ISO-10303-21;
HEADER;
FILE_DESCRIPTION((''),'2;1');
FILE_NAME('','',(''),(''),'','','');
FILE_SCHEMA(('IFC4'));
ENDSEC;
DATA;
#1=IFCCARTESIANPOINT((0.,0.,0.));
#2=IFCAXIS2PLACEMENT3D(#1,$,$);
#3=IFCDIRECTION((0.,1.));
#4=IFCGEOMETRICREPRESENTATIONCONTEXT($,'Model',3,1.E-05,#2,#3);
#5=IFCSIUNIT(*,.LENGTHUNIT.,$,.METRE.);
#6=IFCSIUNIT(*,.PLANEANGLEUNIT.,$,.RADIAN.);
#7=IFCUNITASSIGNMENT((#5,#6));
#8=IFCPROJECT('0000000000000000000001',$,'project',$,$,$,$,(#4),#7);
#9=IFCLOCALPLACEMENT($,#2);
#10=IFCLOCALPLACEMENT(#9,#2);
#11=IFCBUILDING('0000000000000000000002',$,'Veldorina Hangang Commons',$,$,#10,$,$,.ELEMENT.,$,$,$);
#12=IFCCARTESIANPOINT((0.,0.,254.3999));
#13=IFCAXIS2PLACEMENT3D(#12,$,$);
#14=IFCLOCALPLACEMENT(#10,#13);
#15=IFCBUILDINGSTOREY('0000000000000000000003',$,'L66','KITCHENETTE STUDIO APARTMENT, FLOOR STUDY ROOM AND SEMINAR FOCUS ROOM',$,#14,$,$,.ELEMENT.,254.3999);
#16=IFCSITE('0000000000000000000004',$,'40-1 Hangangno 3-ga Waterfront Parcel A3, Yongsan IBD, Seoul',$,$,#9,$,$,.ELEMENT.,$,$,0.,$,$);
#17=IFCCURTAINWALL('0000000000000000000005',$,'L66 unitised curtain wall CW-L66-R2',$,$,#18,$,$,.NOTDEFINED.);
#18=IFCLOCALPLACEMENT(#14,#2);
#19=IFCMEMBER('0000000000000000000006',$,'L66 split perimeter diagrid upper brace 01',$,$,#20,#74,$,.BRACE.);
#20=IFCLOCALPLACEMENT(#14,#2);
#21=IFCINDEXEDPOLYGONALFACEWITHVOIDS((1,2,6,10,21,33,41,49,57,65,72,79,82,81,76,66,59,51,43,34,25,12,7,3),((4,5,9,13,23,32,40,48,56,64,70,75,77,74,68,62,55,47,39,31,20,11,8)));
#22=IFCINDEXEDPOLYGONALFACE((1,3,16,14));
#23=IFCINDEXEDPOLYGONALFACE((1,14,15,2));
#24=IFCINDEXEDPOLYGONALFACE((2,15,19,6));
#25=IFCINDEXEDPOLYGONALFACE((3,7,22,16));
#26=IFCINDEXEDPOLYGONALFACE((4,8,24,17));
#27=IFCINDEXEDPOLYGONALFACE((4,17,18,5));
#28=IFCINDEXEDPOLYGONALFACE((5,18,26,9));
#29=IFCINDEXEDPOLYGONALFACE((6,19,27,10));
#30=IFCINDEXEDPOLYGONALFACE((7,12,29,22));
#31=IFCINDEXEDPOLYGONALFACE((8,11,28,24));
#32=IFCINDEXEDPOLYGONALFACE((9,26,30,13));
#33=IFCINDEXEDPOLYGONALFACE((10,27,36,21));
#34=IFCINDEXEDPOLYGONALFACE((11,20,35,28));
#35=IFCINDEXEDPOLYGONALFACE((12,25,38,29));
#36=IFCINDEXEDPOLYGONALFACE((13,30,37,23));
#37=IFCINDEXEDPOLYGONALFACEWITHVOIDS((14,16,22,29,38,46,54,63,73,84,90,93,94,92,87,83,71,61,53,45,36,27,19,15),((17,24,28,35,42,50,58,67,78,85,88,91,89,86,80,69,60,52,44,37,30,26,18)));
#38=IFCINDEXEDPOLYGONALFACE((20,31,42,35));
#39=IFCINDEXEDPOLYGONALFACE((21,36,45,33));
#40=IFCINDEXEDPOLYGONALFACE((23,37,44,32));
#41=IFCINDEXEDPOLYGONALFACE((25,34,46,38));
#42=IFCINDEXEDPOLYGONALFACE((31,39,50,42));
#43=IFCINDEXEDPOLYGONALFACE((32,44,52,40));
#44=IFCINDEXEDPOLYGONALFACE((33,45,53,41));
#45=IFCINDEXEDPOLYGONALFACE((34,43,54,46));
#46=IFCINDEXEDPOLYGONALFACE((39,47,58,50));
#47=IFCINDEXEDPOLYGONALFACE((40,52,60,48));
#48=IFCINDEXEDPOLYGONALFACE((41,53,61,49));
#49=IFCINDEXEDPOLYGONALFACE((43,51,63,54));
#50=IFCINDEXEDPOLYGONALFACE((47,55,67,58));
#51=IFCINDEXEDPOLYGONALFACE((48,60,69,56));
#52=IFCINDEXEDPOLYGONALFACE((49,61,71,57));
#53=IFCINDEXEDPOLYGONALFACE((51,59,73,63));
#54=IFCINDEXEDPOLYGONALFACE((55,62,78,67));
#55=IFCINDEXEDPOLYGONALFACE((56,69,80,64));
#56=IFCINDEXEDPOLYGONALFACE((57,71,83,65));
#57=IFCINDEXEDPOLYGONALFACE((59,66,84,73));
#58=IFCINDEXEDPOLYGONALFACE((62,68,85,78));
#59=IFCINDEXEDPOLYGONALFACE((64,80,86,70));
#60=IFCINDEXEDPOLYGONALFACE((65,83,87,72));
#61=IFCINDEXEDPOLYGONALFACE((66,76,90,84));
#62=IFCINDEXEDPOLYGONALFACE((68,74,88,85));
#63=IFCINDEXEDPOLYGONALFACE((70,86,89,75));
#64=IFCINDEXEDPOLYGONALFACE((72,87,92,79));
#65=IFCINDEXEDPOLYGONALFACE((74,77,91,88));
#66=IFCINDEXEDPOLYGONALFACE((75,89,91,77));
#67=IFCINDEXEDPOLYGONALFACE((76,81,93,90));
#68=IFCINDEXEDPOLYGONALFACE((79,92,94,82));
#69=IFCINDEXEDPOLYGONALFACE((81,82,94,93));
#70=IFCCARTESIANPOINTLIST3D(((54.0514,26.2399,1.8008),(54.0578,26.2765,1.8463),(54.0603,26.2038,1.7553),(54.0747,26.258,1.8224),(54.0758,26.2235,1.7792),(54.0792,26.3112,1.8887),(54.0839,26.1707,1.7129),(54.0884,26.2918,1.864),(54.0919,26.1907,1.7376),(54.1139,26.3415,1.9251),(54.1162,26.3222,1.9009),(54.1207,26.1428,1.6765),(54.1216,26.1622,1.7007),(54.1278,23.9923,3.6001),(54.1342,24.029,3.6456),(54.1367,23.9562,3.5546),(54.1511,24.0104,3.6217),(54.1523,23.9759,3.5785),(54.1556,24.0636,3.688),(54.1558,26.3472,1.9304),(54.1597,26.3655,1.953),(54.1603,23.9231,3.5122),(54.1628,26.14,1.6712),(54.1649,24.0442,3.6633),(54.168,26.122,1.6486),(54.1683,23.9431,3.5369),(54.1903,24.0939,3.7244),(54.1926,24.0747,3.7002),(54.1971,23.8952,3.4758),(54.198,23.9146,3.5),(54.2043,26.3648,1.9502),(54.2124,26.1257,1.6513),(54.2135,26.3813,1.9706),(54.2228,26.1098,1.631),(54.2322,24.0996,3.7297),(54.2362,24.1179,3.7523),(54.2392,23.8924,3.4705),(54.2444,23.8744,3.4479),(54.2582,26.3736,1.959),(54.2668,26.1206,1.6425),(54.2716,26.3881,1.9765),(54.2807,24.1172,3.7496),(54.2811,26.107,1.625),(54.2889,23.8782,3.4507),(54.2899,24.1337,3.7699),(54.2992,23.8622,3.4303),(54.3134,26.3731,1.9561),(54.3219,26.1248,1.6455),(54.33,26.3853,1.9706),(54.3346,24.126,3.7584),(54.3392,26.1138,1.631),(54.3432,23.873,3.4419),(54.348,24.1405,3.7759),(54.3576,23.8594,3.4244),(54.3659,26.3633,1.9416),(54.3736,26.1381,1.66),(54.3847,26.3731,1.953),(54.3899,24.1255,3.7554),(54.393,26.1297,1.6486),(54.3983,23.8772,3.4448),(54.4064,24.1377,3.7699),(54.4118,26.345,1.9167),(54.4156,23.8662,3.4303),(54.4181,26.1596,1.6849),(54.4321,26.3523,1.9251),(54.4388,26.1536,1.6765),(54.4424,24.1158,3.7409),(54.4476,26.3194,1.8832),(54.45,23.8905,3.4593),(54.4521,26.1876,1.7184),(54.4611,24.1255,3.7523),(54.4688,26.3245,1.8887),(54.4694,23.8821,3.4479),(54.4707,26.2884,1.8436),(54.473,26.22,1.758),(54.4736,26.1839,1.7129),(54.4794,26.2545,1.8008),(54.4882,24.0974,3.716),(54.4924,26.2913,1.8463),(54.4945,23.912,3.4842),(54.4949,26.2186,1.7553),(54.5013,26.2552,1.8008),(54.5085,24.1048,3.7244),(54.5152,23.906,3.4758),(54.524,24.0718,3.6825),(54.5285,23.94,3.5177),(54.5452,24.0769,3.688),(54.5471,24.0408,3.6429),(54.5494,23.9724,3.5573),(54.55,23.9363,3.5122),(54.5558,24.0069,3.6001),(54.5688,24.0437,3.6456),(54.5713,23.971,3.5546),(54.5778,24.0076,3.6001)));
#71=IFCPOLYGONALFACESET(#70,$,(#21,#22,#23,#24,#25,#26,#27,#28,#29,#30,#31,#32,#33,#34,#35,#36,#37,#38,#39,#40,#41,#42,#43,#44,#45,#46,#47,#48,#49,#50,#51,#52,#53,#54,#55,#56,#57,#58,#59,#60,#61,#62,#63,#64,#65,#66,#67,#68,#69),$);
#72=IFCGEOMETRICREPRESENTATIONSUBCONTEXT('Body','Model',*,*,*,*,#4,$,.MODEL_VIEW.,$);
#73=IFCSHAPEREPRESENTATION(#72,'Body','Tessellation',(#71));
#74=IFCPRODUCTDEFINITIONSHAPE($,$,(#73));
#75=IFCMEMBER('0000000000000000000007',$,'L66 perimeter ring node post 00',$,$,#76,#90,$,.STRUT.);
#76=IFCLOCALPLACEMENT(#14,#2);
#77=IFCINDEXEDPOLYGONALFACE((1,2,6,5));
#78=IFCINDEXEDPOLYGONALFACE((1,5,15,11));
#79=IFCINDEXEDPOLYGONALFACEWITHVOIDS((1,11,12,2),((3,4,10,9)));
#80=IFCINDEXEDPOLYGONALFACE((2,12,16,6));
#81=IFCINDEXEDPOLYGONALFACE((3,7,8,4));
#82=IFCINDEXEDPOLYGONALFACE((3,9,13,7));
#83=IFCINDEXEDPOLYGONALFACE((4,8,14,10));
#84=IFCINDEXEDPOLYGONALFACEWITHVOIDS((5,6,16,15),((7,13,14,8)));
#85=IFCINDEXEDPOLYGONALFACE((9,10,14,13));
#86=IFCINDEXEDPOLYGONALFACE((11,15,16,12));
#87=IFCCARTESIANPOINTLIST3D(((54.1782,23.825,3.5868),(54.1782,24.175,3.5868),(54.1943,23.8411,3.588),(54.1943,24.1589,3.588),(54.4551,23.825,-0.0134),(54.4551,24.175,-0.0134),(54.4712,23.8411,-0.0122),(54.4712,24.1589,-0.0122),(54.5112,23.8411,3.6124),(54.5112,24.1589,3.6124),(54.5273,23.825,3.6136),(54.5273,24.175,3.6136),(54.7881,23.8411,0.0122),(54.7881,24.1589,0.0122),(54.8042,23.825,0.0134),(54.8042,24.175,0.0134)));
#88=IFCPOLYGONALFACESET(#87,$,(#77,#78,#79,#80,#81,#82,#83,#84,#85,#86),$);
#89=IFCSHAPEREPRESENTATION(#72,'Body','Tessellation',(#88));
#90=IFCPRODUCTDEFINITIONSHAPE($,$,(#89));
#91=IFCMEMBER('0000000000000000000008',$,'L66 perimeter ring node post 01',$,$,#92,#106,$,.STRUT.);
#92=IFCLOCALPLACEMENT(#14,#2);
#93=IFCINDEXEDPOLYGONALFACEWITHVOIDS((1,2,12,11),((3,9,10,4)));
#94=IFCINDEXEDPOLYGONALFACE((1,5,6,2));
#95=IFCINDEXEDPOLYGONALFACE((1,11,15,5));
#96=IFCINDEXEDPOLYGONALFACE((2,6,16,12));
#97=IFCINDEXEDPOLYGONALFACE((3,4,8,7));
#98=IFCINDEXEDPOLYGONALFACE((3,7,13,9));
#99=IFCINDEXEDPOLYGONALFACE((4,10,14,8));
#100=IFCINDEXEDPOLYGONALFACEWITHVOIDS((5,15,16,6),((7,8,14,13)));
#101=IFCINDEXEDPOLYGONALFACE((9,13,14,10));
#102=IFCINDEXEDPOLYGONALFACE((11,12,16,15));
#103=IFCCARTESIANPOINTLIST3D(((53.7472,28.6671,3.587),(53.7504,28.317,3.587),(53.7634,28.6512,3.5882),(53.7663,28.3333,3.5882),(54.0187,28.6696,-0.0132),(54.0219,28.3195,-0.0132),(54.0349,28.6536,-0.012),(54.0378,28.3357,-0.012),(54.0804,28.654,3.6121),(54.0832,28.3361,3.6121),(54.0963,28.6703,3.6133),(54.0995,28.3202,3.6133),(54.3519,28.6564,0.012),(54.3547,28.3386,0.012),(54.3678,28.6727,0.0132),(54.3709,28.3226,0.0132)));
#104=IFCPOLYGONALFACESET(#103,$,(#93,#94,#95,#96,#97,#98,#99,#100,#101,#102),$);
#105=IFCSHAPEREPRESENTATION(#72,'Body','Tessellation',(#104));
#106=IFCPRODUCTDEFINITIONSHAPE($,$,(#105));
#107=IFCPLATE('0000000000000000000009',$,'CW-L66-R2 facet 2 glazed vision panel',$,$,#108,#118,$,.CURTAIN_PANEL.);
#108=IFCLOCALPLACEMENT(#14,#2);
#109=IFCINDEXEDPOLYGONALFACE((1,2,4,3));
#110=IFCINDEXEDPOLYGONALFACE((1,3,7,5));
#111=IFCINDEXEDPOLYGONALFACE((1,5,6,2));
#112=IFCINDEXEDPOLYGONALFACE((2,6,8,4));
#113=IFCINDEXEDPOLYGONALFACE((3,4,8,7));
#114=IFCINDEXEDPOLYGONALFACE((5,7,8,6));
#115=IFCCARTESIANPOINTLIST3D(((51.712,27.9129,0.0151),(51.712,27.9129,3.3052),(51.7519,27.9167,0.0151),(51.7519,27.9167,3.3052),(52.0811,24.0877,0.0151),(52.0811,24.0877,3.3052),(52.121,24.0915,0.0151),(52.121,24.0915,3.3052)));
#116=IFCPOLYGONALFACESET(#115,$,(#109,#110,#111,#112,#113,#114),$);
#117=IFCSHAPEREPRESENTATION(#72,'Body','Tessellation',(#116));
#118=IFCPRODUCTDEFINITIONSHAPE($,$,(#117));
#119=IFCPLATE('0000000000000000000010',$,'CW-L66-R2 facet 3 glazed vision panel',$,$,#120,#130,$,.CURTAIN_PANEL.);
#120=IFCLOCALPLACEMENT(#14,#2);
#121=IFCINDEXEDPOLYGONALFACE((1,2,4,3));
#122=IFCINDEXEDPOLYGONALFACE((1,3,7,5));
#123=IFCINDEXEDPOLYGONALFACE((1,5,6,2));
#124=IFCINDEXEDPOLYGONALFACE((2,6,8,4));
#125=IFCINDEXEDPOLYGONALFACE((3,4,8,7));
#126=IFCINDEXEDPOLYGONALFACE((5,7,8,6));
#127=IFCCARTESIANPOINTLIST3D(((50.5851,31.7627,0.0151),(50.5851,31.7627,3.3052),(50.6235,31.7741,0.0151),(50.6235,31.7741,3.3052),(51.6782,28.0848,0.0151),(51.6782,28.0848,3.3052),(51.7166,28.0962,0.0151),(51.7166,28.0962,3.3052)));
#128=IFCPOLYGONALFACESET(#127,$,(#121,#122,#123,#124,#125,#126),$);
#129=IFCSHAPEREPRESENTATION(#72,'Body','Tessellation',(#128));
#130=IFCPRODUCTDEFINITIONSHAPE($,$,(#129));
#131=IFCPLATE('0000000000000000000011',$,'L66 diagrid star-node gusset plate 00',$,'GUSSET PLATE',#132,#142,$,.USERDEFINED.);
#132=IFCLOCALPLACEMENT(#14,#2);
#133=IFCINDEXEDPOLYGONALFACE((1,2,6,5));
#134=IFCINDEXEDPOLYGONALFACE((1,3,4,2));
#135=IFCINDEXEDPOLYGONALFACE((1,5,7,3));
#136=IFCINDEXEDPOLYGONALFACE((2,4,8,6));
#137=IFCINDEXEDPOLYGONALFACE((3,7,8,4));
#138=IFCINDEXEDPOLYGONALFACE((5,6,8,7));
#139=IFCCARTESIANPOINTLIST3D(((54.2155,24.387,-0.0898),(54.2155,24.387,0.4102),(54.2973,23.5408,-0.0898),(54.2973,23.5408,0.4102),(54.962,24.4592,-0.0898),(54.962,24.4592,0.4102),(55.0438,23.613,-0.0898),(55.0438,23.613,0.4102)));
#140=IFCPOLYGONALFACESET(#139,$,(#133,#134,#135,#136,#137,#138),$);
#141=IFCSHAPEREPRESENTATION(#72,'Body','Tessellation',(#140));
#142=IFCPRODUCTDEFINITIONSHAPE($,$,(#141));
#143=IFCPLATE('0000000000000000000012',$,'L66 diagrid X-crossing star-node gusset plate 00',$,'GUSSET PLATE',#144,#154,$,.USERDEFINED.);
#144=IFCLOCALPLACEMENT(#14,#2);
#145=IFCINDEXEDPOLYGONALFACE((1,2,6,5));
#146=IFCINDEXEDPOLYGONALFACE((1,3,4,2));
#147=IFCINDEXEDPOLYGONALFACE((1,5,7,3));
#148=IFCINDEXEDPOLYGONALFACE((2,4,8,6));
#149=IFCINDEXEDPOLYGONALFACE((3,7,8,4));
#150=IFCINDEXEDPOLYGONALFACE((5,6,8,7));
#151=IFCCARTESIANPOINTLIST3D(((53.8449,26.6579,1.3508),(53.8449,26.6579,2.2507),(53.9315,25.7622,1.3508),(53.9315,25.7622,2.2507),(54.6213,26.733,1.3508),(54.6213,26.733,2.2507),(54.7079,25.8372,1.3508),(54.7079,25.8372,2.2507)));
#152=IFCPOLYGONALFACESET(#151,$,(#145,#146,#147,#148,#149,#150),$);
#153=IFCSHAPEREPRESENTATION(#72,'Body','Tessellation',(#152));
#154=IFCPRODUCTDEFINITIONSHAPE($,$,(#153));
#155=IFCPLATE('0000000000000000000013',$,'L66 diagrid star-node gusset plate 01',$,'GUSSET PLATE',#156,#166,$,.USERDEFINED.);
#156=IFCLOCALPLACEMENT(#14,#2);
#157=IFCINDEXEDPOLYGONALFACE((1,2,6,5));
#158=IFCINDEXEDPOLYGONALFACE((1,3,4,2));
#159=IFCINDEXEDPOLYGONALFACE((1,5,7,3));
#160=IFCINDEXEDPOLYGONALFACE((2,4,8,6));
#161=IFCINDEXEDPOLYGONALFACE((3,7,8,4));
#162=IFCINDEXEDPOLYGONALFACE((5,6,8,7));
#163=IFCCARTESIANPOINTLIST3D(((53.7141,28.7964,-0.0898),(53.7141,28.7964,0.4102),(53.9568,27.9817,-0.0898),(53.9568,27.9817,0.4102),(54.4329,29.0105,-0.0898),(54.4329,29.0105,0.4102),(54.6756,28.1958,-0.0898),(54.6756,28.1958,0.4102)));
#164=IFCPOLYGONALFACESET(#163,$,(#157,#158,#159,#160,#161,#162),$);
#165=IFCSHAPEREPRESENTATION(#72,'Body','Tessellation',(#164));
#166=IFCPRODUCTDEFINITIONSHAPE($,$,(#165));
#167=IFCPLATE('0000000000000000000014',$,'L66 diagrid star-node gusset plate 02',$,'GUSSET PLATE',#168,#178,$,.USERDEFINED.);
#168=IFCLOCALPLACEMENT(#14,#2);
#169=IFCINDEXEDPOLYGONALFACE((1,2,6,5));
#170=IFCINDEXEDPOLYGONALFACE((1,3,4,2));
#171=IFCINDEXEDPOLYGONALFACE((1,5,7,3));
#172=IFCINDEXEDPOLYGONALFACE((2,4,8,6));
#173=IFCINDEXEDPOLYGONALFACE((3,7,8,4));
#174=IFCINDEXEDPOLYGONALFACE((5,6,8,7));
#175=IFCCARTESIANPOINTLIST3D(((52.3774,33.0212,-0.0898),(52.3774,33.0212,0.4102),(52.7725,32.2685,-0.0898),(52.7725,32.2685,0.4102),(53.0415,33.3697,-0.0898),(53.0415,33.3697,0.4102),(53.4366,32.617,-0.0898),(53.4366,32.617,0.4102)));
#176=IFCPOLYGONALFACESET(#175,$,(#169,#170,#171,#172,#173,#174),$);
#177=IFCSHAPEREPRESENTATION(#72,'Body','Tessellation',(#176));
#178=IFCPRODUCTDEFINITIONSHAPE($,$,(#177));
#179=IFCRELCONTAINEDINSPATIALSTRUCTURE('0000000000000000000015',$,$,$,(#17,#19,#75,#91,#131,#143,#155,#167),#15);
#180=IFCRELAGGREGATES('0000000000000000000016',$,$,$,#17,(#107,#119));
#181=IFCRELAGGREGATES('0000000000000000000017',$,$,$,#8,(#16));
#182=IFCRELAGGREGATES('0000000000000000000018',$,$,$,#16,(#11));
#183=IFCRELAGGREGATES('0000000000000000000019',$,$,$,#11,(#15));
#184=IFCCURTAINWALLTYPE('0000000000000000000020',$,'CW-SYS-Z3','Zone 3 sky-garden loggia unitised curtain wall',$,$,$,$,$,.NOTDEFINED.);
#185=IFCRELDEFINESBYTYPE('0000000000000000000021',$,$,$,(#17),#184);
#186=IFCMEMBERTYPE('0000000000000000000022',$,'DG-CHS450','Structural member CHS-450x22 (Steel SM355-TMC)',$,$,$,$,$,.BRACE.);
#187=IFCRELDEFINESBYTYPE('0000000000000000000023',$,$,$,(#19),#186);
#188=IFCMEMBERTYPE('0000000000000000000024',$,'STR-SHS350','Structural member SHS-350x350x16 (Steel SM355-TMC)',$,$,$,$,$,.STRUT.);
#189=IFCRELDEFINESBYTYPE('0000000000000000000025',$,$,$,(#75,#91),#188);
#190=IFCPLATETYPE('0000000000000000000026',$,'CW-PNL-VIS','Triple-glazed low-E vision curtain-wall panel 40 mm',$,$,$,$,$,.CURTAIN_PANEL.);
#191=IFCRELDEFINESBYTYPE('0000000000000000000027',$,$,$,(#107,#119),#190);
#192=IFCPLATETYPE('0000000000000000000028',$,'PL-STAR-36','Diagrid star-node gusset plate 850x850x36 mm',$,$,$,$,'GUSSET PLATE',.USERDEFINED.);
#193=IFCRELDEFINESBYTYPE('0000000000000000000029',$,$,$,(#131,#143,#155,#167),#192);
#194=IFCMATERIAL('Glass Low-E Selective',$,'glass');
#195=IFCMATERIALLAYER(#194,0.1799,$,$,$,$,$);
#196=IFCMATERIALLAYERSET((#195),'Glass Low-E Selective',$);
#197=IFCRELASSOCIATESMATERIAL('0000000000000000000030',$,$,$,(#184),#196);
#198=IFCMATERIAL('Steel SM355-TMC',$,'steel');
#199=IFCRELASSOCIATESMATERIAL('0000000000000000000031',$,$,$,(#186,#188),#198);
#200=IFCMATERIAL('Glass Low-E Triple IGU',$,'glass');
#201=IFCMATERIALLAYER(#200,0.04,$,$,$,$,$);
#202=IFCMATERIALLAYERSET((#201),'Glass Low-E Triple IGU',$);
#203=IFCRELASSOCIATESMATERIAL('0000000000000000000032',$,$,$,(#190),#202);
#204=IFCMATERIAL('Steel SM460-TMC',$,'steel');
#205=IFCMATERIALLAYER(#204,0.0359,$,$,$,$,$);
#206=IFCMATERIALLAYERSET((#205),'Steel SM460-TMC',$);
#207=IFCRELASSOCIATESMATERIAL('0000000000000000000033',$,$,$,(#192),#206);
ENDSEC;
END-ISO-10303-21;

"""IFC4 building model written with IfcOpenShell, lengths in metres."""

from ifc_helpers import new_model, si_unit, direction, frame, origin, origin_2d, place, context, subcontext, project, spatial, rectangle, hollow_rectangle, hollow_circle, extrude, material, layer, layer_set, material_profile, profile_set, type_object, element, aggregate, save


model = new_model("IFC4")

# Units and contexts
model_context = context("Model", 3, precision=1e-05, world=origin(), true_north=direction((0.0, 1.0)))
body_context = subcontext(model_context, "Body", "Model", "MODEL_VIEW")
ifc_project = project(units=[si_unit("LENGTHUNIT", "METRE"), si_unit("PLANEANGLEUNIT", "RADIAN")], contexts=[model_context])

# Site, building, storey
site_placement = place(None, origin())
site = spatial("IfcSite", under=ifc_project, at=site_placement, Name="40-1 Hangangno 3-ga Waterfront Parcel A3, Yongsan IBD, Seoul", CompositionType="ELEMENT", RefElevation=0.0)
building_placement = place(site_placement, origin())
building = spatial("IfcBuilding", under=site, at=building_placement, Name="Veldorina Hangang Commons", CompositionType="ELEMENT")
storey_placement = place(building_placement, frame((0.0, 0.0, 254.3999)))
storey = spatial("IfcBuildingStorey", under=building, at=storey_placement, Name="L66", Description="KITCHENETTE STUDIO APARTMENT, FLOOR STUDY ROOM AND SEMINAR FOCUS ROOM", CompositionType="ELEMENT", Elevation=254.3999)

# Shared definitions
ifc_material_1 = material(Name="Steel SM355-TMC", Category="steel")

# Curtain wall
ifc_material_2 = material(Name="Glass Low-E Selective", Category="glass")
ifc_layer_1 = layer(ifc_material_2, 0.1799)
ifc_layer_set_1 = layer_set([ifc_layer_1], Name="Glass Low-E Selective")
curtain_wall_type = type_object("IfcCurtainWallType", Name="CW-SYS-Z3", Description="Zone 3 sky-garden loggia unitised curtain wall", PredefinedType="NOTDEFINED", material=ifc_layer_set_1)
curtain_wall_placement = place(storey_placement, origin())
curtain_wall = element("IfcCurtainWall", 1, at=curtain_wall_placement, inside=storey, type_object=curtain_wall_type, Name="L66 unitised curtain wall CW-L66-R2", PredefinedType="NOTDEFINED")

# Members
ifc_material_profile_1 = material_profile(ifc_material_1, hollow_circle(Radius=0.2251, WallThickness=0.022, at=origin_2d()), Name="CHS-450x22")
ifc_profile_set_1 = profile_set([ifc_material_profile_1], Name="Steel SM355-TMC")
member_type_1 = type_object("IfcMemberType", Name="DG-CHS450", Description="Structural member CHS-450x22 (Steel SM355-TMC)", PredefinedType="BRACE", material=ifc_profile_set_1)
member_1_placement = place(storey_placement, frame((54.2764, 26.2476, 1.8008), z_axis=(0.026533, -0.780379, 0.624744), x_axis=(0.999423, 0.03398, 0.0)))
element("IfcMember", 2, at=member_1_placement, inside=storey, type_object=member_type_1, Name="L66 split perimeter diagrid upper brace 01", PredefinedType="BRACE", context=body_context, shape_type="SweptSolid", body=[
    extrude(hollow_circle(Radius=0.2251, WallThickness=0.022, at=origin_2d()), origin(), (0.0, 0.0, 1.0), 2.8801),
])
ifc_material_profile_2 = material_profile(ifc_material_1, hollow_rectangle(XDim=0.3501, YDim=0.3501, WallThickness=0.0161, at=origin_2d()), Name="SHS-350x350x16")
ifc_profile_set_2 = profile_set([ifc_material_profile_2], Name="Steel SM355-TMC")
member_type_2 = type_object("IfcMemberType", Name="STR-SHS350", Description="Structural member SHS-350x350x16 (Steel SM355-TMC)", PredefinedType="STRUT", material=ifc_profile_set_2)
member_2_placement = place(storey_placement, frame((54.6296, 24.0, 0.0), z_axis=(-0.076676, 0.0, 0.997056), x_axis=(0.0, -1.0, 0.0)))
element("IfcMember", 3, at=member_2_placement, inside=storey, type_object=member_type_2, Name="L66 perimeter ring node post 00", PredefinedType="STRUT", context=body_context, shape_type="SweptSolid", body=[
    extrude(hollow_rectangle(XDim=0.3501, YDim=0.3501, WallThickness=0.0161, at=origin_2d()), origin(), (0.0, 0.0, 1.0), 3.6108),
])
member_3_placement = place(storey_placement, frame((54.1948, 28.4961, 0.0), z_axis=(-0.075197, -0.000676, 0.997168), x_axis=(0.008992, -0.99996, 0.0)))
element("IfcMember", 4, at=member_3_placement, inside=storey, type_object=member_type_2, Name="L66 perimeter ring node post 01", PredefinedType="STRUT", context=body_context, shape_type="SweptSolid", body=[
    extrude(hollow_rectangle(XDim=0.3501, YDim=0.3501, WallThickness=0.0161, at=origin_2d()), origin(), (0.0, 0.0, 1.0), 3.6104),
])

# Plates
ifc_material_3 = material(Name="Glass Low-E Triple IGU", Category="glass")
ifc_layer_2 = layer(ifc_material_3, 0.04)
ifc_layer_set_2 = layer_set([ifc_layer_2], Name="Glass Low-E Triple IGU")
plate_type_1 = type_object("IfcPlateType", Name="CW-PNL-VIS", Description="Triple-glazed low-E vision curtain-wall panel 40 mm", PredefinedType="CURTAIN_PANEL", material=ifc_layer_set_2)
plate_1_placement = place(storey_placement, frame((51.9165, 26.0022, 0.0151), z_axis=(0.0, 0.0, 1.0), x_axis=(-0.096054, 0.995376, 0.0)))
plate_1 = element("IfcPlate", 5, at=plate_1_placement, type_object=plate_type_1, Name="CW-L66-R2 facet 2 glazed vision panel", PredefinedType="CURTAIN_PANEL", context=body_context, shape_type="SweptSolid", body=[
    extrude(rectangle(XDim=3.843, YDim=0.04, at=origin_2d()), origin(), (0.0, 0.0, 1.0), 3.29),
])
plate_2_placement = place(storey_placement, frame((51.1509, 29.9294, 0.0151), z_axis=(0.0, 0.0, 1.0), x_axis=(-0.284885, 0.958562, 0.0)))
plate_2 = element("IfcPlate", 6, at=plate_2_placement, type_object=plate_type_1, Name="CW-L66-R2 facet 3 glazed vision panel", PredefinedType="CURTAIN_PANEL", context=body_context, shape_type="SweptSolid", body=[
    extrude(rectangle(XDim=3.8369, YDim=0.04, at=origin_2d()), origin(), (0.0, 0.0, 1.0), 3.29),
])
aggregate(curtain_wall, [plate_1, plate_2])

# Plates
ifc_material_4 = material(Name="Steel SM460-TMC", Category="steel")
ifc_layer_3 = layer(ifc_material_4, 0.0359)
ifc_layer_set_3 = layer_set([ifc_layer_3], Name="Steel SM460-TMC")
plate_type_2 = type_object("IfcPlateType", Name="PL-STAR-36", Description="Diagrid star-node gusset plate 850x850x36 mm", ElementType="GUSSET PLATE", PredefinedType="USERDEFINED", material=ifc_layer_set_3)
plate_3_placement = place(storey_placement, frame((54.6296, 24.0, -0.0898), z_axis=(0.0, 0.0, 1.0), x_axis=(-0.096263, 0.995356, 0.0)))
element("IfcPlate", 7, at=plate_3_placement, inside=storey, type_object=plate_type_2, Name="L66 diagrid star-node gusset plate 00", ObjectType="GUSSET PLATE", PredefinedType="USERDEFINED", context=body_context, shape_type="SweptSolid", body=[
    extrude(rectangle(XDim=0.8501, YDim=0.75, at=origin_2d()), origin(), (0.0, 0.0, 1.0), 0.5),
])
plate_4_placement = place(storey_placement, frame((54.2764, 26.2476, 1.3508), z_axis=(0.0, 0.0, 1.0), x_axis=(-0.096263, 0.995356, 0.0)))
element("IfcPlate", 8, at=plate_4_placement, inside=storey, type_object=plate_type_2, Name="L66 diagrid X-crossing star-node gusset plate 00", ObjectType="GUSSET PLATE", PredefinedType="USERDEFINED", context=body_context, shape_type="SweptSolid", body=[
    extrude(rectangle(XDim=0.8999, YDim=0.78, at=origin_2d()), origin(), (0.0, 0.0, 1.0), 0.8999),
])
for number, where, z_axis, x_axis, name in (
    (9, (54.1948, 28.4961, -0.0898), (0.0, 0.0, 1.0), (-0.285488, 0.958382, 0.0), "L66 diagrid star-node gusset plate 01"),
    (10, (52.907, 32.8191, -0.0898), (0.0, 0.0, 1.0), (-0.464734, 0.88545, 0.0), "L66 diagrid star-node gusset plate 02"),
):
    element("IfcPlate", number, at=place(storey_placement, frame(where, z_axis=z_axis, x_axis=x_axis)), inside=storey, type_object=plate_type_2, Name=name, ObjectType="GUSSET PLATE", PredefinedType="USERDEFINED", context=body_context, shape_type="SweptSolid", body=[
        extrude(rectangle(XDim=0.8501, YDim=0.75, at=origin_2d()), origin(), (0.0, 0.0, 1.0), 0.5),
    ])

save(model, "model.ifc")
